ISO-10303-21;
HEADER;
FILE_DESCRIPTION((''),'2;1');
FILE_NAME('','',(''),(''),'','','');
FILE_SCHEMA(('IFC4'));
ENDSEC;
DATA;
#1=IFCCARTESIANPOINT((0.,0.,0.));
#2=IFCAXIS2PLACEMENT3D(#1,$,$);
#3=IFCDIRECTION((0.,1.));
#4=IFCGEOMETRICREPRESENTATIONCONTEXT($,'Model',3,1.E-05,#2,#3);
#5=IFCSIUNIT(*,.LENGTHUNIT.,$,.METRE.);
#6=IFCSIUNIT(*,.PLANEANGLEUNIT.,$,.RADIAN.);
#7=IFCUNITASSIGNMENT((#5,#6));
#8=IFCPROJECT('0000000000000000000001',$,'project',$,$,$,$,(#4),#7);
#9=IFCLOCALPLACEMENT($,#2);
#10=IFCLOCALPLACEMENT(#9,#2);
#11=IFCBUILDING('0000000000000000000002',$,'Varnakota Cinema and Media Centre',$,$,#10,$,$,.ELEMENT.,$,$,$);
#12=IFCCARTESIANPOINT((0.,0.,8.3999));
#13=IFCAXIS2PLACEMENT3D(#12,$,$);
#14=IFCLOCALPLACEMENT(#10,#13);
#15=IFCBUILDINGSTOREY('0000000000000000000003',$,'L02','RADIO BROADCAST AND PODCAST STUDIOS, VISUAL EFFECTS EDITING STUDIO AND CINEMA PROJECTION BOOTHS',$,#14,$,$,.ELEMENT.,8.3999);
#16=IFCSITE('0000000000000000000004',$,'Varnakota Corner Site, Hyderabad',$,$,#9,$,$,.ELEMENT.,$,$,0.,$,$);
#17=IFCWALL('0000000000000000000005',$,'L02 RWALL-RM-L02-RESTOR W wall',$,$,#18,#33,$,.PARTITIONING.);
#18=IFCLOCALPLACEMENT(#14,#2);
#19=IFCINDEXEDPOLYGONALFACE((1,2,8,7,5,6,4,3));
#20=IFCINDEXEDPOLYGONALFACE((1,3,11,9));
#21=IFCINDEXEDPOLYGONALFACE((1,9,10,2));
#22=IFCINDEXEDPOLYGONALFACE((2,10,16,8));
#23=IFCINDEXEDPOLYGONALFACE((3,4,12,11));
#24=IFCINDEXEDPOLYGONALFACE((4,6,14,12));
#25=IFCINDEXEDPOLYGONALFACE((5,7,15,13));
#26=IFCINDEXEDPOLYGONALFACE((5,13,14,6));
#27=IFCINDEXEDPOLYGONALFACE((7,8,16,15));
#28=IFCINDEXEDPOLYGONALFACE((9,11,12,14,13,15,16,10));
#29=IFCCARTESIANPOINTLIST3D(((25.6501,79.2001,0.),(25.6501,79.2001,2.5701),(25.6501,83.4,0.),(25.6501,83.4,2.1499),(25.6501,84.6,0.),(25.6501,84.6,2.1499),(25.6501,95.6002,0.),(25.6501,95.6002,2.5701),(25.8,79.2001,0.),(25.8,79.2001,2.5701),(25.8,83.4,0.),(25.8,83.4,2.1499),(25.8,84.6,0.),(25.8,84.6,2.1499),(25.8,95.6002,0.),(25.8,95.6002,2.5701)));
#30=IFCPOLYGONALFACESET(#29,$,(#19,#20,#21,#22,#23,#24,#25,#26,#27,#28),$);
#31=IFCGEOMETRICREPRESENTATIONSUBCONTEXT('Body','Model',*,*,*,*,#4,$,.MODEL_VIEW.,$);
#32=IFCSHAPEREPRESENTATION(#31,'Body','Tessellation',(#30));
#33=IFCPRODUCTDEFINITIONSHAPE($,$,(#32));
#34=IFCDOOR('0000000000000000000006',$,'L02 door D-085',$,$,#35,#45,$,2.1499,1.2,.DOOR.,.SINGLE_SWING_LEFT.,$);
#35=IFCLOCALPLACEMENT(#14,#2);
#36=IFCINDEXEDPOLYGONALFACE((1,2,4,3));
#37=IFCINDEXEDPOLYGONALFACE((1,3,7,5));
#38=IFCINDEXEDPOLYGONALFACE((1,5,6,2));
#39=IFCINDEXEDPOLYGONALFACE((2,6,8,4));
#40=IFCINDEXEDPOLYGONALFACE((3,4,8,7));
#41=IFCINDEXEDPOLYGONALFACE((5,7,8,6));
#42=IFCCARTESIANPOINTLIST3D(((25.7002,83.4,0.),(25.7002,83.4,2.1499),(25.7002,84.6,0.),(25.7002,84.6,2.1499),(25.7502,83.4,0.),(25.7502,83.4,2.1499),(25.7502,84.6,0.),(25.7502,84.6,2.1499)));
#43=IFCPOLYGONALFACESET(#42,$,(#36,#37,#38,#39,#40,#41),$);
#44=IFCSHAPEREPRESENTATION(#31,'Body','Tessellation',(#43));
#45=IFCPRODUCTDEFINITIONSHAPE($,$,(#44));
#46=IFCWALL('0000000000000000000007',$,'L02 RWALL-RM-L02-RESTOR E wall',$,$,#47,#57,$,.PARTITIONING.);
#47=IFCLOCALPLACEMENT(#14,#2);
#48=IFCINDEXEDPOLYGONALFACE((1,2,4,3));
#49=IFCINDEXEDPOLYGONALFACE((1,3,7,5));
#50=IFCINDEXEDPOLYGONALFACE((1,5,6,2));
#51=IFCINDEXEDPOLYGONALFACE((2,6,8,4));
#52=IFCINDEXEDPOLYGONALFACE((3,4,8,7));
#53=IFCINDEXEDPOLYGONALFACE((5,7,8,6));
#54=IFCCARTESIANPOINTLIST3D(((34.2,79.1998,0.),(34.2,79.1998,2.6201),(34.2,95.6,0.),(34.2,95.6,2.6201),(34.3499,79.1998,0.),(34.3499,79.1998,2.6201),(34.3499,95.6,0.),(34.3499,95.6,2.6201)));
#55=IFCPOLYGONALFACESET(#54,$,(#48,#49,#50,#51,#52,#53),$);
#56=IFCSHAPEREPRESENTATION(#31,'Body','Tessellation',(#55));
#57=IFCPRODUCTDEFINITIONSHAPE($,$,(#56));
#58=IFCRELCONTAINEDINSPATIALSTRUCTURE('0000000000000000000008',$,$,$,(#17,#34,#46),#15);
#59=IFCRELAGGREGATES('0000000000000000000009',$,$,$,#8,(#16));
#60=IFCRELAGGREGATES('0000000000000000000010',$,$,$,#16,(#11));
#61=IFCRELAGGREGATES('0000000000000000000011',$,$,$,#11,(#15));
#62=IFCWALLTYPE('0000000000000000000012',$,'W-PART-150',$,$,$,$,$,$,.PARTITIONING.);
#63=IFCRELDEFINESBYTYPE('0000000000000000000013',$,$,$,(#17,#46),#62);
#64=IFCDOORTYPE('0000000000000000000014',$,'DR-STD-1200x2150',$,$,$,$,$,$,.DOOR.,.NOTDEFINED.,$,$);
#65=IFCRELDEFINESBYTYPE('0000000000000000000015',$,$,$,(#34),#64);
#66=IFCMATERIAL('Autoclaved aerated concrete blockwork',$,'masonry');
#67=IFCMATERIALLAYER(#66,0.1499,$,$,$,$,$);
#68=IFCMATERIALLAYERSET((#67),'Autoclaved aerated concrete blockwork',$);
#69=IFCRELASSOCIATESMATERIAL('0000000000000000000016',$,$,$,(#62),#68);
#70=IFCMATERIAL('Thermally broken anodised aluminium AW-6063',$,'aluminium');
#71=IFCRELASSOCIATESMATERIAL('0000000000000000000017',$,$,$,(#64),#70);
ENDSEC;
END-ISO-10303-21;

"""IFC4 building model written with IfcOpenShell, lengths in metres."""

from ifc_helpers import new_model, si_unit, direction, frame, frame_2d, origin, place, context, subcontext, project, spatial, rectangle, extrude, material, layer, layer_set, type_object, element, fill, save


model = new_model("IFC4")

# Units and contexts
model_context = context("Model", 3, precision=1e-05, world=origin(), true_north=direction((0.0, 1.0)))
body_context = subcontext(model_context, "Body", "Model", "MODEL_VIEW")
ifc_project = project(units=[si_unit("LENGTHUNIT", "METRE"), si_unit("PLANEANGLEUNIT", "RADIAN")], contexts=[model_context])

# Site, building, storey
site_placement = place(None, origin())
site = spatial("IfcSite", under=ifc_project, at=site_placement, Name="Varnakota Corner Site, Hyderabad", CompositionType="ELEMENT", RefElevation=0.0)
building_placement = place(site_placement, origin())
building = spatial("IfcBuilding", under=site, at=building_placement, Name="Varnakota Cinema and Media Centre", CompositionType="ELEMENT")
storey_placement = place(building_placement, frame((0.0, 0.0, 8.3999)))
storey = spatial("IfcBuildingStorey", under=building, at=storey_placement, Name="L02", Description="RADIO BROADCAST AND PODCAST STUDIOS, VISUAL EFFECTS EDITING STUDIO AND CINEMA PROJECTION BOOTHS", CompositionType="ELEMENT", Elevation=8.3999)

# Shared definitions
ifc_material_1 = material(Name="Autoclaved aerated concrete blockwork", Category="masonry")
ifc_layer_1 = layer(ifc_material_1, 0.1499)
ifc_layer_set_1 = layer_set([ifc_layer_1], Name="Autoclaved aerated concrete blockwork")
wall_type_1 = type_object("IfcWallType", Name="W-PART-150", PredefinedType="PARTITIONING", material=ifc_layer_set_1)

# Wall, opening, door
wall_1_placement = place(storey_placement, frame((25.7251, 79.2, 0.0), z_axis=(0.0, 0.0, 1.0), x_axis=(0.0, 1.0, 0.0)))
wall_1 = element("IfcWall", 1, at=wall_1_placement, inside=storey, type_object=wall_type_1, Name="L02 RWALL-RM-L02-RESTOR W wall", PredefinedType="PARTITIONING", context=body_context, shape_type="SweptSolid", body=[
    extrude(rectangle(XDim=16.4001, YDim=0.1499, at=frame_2d((8.2002, 0.0))), origin(), (0.0, 0.0, 1.0), 2.5701),
])
opening_1_placement = place(wall_1_placement, frame((4.2, 0.0, 0.0)))
opening_1 = element("IfcOpeningElement", 2, at=opening_1_placement, cuts=wall_1, PredefinedType="OPENING", context=body_context, shape_type="SweptSolid", body=[
    extrude(rectangle(XDim=1.2, YDim=2.1499, at=frame_2d((0.6001, 1.075))), frame((0.0, 0.075, 0.0), z_axis=(0.0, -1.0, 0.0), x_axis=(1.0, 0.0, 0.0)), (0.0, 0.0, 1.0), 0.1499),
])
ifc_material_2 = material(Name="Thermally broken anodised aluminium AW-6063", Category="aluminium")
door_type = type_object("IfcDoorType", Name="DR-STD-1200x2150", OperationType="NOTDEFINED", PredefinedType="DOOR", material=ifc_material_2)
door_placement = place(opening_1_placement, origin())
door = element("IfcDoor", 3, at=door_placement, inside=storey, type_object=door_type, Name="L02 door D-085", OperationType="SINGLE_SWING_LEFT", OverallHeight=2.1499, OverallWidth=1.2, PredefinedType="DOOR", context=body_context, shape_type="SweptSolid", body=[
    extrude(rectangle(XDim=1.2, YDim=2.1499, at=frame_2d((0.6001, 1.075))), frame((0.0, 0.0249, 0.0), z_axis=(0.0, -1.0, 0.0), x_axis=(1.0, 0.0, 0.0)), (0.0, 0.0, 1.0), 0.05),
])
fill(opening_1, door)

# Wall
wall_2_placement = place(storey_placement, frame((34.2749, 95.6001, 0.0), z_axis=(0.0, 0.0, 1.0), x_axis=(0.0, -1.0, 0.0)))
element("IfcWall", 4, at=wall_2_placement, inside=storey, type_object=wall_type_1, Name="L02 RWALL-RM-L02-RESTOR E wall", PredefinedType="PARTITIONING", context=body_context, shape_type="SweptSolid", body=[
    extrude(rectangle(XDim=16.4001, YDim=0.1499, at=frame_2d((8.2002, 0.0))), origin(), (0.0, 0.0, 1.0), 2.6201),
])

save(model, "model.ifc")
